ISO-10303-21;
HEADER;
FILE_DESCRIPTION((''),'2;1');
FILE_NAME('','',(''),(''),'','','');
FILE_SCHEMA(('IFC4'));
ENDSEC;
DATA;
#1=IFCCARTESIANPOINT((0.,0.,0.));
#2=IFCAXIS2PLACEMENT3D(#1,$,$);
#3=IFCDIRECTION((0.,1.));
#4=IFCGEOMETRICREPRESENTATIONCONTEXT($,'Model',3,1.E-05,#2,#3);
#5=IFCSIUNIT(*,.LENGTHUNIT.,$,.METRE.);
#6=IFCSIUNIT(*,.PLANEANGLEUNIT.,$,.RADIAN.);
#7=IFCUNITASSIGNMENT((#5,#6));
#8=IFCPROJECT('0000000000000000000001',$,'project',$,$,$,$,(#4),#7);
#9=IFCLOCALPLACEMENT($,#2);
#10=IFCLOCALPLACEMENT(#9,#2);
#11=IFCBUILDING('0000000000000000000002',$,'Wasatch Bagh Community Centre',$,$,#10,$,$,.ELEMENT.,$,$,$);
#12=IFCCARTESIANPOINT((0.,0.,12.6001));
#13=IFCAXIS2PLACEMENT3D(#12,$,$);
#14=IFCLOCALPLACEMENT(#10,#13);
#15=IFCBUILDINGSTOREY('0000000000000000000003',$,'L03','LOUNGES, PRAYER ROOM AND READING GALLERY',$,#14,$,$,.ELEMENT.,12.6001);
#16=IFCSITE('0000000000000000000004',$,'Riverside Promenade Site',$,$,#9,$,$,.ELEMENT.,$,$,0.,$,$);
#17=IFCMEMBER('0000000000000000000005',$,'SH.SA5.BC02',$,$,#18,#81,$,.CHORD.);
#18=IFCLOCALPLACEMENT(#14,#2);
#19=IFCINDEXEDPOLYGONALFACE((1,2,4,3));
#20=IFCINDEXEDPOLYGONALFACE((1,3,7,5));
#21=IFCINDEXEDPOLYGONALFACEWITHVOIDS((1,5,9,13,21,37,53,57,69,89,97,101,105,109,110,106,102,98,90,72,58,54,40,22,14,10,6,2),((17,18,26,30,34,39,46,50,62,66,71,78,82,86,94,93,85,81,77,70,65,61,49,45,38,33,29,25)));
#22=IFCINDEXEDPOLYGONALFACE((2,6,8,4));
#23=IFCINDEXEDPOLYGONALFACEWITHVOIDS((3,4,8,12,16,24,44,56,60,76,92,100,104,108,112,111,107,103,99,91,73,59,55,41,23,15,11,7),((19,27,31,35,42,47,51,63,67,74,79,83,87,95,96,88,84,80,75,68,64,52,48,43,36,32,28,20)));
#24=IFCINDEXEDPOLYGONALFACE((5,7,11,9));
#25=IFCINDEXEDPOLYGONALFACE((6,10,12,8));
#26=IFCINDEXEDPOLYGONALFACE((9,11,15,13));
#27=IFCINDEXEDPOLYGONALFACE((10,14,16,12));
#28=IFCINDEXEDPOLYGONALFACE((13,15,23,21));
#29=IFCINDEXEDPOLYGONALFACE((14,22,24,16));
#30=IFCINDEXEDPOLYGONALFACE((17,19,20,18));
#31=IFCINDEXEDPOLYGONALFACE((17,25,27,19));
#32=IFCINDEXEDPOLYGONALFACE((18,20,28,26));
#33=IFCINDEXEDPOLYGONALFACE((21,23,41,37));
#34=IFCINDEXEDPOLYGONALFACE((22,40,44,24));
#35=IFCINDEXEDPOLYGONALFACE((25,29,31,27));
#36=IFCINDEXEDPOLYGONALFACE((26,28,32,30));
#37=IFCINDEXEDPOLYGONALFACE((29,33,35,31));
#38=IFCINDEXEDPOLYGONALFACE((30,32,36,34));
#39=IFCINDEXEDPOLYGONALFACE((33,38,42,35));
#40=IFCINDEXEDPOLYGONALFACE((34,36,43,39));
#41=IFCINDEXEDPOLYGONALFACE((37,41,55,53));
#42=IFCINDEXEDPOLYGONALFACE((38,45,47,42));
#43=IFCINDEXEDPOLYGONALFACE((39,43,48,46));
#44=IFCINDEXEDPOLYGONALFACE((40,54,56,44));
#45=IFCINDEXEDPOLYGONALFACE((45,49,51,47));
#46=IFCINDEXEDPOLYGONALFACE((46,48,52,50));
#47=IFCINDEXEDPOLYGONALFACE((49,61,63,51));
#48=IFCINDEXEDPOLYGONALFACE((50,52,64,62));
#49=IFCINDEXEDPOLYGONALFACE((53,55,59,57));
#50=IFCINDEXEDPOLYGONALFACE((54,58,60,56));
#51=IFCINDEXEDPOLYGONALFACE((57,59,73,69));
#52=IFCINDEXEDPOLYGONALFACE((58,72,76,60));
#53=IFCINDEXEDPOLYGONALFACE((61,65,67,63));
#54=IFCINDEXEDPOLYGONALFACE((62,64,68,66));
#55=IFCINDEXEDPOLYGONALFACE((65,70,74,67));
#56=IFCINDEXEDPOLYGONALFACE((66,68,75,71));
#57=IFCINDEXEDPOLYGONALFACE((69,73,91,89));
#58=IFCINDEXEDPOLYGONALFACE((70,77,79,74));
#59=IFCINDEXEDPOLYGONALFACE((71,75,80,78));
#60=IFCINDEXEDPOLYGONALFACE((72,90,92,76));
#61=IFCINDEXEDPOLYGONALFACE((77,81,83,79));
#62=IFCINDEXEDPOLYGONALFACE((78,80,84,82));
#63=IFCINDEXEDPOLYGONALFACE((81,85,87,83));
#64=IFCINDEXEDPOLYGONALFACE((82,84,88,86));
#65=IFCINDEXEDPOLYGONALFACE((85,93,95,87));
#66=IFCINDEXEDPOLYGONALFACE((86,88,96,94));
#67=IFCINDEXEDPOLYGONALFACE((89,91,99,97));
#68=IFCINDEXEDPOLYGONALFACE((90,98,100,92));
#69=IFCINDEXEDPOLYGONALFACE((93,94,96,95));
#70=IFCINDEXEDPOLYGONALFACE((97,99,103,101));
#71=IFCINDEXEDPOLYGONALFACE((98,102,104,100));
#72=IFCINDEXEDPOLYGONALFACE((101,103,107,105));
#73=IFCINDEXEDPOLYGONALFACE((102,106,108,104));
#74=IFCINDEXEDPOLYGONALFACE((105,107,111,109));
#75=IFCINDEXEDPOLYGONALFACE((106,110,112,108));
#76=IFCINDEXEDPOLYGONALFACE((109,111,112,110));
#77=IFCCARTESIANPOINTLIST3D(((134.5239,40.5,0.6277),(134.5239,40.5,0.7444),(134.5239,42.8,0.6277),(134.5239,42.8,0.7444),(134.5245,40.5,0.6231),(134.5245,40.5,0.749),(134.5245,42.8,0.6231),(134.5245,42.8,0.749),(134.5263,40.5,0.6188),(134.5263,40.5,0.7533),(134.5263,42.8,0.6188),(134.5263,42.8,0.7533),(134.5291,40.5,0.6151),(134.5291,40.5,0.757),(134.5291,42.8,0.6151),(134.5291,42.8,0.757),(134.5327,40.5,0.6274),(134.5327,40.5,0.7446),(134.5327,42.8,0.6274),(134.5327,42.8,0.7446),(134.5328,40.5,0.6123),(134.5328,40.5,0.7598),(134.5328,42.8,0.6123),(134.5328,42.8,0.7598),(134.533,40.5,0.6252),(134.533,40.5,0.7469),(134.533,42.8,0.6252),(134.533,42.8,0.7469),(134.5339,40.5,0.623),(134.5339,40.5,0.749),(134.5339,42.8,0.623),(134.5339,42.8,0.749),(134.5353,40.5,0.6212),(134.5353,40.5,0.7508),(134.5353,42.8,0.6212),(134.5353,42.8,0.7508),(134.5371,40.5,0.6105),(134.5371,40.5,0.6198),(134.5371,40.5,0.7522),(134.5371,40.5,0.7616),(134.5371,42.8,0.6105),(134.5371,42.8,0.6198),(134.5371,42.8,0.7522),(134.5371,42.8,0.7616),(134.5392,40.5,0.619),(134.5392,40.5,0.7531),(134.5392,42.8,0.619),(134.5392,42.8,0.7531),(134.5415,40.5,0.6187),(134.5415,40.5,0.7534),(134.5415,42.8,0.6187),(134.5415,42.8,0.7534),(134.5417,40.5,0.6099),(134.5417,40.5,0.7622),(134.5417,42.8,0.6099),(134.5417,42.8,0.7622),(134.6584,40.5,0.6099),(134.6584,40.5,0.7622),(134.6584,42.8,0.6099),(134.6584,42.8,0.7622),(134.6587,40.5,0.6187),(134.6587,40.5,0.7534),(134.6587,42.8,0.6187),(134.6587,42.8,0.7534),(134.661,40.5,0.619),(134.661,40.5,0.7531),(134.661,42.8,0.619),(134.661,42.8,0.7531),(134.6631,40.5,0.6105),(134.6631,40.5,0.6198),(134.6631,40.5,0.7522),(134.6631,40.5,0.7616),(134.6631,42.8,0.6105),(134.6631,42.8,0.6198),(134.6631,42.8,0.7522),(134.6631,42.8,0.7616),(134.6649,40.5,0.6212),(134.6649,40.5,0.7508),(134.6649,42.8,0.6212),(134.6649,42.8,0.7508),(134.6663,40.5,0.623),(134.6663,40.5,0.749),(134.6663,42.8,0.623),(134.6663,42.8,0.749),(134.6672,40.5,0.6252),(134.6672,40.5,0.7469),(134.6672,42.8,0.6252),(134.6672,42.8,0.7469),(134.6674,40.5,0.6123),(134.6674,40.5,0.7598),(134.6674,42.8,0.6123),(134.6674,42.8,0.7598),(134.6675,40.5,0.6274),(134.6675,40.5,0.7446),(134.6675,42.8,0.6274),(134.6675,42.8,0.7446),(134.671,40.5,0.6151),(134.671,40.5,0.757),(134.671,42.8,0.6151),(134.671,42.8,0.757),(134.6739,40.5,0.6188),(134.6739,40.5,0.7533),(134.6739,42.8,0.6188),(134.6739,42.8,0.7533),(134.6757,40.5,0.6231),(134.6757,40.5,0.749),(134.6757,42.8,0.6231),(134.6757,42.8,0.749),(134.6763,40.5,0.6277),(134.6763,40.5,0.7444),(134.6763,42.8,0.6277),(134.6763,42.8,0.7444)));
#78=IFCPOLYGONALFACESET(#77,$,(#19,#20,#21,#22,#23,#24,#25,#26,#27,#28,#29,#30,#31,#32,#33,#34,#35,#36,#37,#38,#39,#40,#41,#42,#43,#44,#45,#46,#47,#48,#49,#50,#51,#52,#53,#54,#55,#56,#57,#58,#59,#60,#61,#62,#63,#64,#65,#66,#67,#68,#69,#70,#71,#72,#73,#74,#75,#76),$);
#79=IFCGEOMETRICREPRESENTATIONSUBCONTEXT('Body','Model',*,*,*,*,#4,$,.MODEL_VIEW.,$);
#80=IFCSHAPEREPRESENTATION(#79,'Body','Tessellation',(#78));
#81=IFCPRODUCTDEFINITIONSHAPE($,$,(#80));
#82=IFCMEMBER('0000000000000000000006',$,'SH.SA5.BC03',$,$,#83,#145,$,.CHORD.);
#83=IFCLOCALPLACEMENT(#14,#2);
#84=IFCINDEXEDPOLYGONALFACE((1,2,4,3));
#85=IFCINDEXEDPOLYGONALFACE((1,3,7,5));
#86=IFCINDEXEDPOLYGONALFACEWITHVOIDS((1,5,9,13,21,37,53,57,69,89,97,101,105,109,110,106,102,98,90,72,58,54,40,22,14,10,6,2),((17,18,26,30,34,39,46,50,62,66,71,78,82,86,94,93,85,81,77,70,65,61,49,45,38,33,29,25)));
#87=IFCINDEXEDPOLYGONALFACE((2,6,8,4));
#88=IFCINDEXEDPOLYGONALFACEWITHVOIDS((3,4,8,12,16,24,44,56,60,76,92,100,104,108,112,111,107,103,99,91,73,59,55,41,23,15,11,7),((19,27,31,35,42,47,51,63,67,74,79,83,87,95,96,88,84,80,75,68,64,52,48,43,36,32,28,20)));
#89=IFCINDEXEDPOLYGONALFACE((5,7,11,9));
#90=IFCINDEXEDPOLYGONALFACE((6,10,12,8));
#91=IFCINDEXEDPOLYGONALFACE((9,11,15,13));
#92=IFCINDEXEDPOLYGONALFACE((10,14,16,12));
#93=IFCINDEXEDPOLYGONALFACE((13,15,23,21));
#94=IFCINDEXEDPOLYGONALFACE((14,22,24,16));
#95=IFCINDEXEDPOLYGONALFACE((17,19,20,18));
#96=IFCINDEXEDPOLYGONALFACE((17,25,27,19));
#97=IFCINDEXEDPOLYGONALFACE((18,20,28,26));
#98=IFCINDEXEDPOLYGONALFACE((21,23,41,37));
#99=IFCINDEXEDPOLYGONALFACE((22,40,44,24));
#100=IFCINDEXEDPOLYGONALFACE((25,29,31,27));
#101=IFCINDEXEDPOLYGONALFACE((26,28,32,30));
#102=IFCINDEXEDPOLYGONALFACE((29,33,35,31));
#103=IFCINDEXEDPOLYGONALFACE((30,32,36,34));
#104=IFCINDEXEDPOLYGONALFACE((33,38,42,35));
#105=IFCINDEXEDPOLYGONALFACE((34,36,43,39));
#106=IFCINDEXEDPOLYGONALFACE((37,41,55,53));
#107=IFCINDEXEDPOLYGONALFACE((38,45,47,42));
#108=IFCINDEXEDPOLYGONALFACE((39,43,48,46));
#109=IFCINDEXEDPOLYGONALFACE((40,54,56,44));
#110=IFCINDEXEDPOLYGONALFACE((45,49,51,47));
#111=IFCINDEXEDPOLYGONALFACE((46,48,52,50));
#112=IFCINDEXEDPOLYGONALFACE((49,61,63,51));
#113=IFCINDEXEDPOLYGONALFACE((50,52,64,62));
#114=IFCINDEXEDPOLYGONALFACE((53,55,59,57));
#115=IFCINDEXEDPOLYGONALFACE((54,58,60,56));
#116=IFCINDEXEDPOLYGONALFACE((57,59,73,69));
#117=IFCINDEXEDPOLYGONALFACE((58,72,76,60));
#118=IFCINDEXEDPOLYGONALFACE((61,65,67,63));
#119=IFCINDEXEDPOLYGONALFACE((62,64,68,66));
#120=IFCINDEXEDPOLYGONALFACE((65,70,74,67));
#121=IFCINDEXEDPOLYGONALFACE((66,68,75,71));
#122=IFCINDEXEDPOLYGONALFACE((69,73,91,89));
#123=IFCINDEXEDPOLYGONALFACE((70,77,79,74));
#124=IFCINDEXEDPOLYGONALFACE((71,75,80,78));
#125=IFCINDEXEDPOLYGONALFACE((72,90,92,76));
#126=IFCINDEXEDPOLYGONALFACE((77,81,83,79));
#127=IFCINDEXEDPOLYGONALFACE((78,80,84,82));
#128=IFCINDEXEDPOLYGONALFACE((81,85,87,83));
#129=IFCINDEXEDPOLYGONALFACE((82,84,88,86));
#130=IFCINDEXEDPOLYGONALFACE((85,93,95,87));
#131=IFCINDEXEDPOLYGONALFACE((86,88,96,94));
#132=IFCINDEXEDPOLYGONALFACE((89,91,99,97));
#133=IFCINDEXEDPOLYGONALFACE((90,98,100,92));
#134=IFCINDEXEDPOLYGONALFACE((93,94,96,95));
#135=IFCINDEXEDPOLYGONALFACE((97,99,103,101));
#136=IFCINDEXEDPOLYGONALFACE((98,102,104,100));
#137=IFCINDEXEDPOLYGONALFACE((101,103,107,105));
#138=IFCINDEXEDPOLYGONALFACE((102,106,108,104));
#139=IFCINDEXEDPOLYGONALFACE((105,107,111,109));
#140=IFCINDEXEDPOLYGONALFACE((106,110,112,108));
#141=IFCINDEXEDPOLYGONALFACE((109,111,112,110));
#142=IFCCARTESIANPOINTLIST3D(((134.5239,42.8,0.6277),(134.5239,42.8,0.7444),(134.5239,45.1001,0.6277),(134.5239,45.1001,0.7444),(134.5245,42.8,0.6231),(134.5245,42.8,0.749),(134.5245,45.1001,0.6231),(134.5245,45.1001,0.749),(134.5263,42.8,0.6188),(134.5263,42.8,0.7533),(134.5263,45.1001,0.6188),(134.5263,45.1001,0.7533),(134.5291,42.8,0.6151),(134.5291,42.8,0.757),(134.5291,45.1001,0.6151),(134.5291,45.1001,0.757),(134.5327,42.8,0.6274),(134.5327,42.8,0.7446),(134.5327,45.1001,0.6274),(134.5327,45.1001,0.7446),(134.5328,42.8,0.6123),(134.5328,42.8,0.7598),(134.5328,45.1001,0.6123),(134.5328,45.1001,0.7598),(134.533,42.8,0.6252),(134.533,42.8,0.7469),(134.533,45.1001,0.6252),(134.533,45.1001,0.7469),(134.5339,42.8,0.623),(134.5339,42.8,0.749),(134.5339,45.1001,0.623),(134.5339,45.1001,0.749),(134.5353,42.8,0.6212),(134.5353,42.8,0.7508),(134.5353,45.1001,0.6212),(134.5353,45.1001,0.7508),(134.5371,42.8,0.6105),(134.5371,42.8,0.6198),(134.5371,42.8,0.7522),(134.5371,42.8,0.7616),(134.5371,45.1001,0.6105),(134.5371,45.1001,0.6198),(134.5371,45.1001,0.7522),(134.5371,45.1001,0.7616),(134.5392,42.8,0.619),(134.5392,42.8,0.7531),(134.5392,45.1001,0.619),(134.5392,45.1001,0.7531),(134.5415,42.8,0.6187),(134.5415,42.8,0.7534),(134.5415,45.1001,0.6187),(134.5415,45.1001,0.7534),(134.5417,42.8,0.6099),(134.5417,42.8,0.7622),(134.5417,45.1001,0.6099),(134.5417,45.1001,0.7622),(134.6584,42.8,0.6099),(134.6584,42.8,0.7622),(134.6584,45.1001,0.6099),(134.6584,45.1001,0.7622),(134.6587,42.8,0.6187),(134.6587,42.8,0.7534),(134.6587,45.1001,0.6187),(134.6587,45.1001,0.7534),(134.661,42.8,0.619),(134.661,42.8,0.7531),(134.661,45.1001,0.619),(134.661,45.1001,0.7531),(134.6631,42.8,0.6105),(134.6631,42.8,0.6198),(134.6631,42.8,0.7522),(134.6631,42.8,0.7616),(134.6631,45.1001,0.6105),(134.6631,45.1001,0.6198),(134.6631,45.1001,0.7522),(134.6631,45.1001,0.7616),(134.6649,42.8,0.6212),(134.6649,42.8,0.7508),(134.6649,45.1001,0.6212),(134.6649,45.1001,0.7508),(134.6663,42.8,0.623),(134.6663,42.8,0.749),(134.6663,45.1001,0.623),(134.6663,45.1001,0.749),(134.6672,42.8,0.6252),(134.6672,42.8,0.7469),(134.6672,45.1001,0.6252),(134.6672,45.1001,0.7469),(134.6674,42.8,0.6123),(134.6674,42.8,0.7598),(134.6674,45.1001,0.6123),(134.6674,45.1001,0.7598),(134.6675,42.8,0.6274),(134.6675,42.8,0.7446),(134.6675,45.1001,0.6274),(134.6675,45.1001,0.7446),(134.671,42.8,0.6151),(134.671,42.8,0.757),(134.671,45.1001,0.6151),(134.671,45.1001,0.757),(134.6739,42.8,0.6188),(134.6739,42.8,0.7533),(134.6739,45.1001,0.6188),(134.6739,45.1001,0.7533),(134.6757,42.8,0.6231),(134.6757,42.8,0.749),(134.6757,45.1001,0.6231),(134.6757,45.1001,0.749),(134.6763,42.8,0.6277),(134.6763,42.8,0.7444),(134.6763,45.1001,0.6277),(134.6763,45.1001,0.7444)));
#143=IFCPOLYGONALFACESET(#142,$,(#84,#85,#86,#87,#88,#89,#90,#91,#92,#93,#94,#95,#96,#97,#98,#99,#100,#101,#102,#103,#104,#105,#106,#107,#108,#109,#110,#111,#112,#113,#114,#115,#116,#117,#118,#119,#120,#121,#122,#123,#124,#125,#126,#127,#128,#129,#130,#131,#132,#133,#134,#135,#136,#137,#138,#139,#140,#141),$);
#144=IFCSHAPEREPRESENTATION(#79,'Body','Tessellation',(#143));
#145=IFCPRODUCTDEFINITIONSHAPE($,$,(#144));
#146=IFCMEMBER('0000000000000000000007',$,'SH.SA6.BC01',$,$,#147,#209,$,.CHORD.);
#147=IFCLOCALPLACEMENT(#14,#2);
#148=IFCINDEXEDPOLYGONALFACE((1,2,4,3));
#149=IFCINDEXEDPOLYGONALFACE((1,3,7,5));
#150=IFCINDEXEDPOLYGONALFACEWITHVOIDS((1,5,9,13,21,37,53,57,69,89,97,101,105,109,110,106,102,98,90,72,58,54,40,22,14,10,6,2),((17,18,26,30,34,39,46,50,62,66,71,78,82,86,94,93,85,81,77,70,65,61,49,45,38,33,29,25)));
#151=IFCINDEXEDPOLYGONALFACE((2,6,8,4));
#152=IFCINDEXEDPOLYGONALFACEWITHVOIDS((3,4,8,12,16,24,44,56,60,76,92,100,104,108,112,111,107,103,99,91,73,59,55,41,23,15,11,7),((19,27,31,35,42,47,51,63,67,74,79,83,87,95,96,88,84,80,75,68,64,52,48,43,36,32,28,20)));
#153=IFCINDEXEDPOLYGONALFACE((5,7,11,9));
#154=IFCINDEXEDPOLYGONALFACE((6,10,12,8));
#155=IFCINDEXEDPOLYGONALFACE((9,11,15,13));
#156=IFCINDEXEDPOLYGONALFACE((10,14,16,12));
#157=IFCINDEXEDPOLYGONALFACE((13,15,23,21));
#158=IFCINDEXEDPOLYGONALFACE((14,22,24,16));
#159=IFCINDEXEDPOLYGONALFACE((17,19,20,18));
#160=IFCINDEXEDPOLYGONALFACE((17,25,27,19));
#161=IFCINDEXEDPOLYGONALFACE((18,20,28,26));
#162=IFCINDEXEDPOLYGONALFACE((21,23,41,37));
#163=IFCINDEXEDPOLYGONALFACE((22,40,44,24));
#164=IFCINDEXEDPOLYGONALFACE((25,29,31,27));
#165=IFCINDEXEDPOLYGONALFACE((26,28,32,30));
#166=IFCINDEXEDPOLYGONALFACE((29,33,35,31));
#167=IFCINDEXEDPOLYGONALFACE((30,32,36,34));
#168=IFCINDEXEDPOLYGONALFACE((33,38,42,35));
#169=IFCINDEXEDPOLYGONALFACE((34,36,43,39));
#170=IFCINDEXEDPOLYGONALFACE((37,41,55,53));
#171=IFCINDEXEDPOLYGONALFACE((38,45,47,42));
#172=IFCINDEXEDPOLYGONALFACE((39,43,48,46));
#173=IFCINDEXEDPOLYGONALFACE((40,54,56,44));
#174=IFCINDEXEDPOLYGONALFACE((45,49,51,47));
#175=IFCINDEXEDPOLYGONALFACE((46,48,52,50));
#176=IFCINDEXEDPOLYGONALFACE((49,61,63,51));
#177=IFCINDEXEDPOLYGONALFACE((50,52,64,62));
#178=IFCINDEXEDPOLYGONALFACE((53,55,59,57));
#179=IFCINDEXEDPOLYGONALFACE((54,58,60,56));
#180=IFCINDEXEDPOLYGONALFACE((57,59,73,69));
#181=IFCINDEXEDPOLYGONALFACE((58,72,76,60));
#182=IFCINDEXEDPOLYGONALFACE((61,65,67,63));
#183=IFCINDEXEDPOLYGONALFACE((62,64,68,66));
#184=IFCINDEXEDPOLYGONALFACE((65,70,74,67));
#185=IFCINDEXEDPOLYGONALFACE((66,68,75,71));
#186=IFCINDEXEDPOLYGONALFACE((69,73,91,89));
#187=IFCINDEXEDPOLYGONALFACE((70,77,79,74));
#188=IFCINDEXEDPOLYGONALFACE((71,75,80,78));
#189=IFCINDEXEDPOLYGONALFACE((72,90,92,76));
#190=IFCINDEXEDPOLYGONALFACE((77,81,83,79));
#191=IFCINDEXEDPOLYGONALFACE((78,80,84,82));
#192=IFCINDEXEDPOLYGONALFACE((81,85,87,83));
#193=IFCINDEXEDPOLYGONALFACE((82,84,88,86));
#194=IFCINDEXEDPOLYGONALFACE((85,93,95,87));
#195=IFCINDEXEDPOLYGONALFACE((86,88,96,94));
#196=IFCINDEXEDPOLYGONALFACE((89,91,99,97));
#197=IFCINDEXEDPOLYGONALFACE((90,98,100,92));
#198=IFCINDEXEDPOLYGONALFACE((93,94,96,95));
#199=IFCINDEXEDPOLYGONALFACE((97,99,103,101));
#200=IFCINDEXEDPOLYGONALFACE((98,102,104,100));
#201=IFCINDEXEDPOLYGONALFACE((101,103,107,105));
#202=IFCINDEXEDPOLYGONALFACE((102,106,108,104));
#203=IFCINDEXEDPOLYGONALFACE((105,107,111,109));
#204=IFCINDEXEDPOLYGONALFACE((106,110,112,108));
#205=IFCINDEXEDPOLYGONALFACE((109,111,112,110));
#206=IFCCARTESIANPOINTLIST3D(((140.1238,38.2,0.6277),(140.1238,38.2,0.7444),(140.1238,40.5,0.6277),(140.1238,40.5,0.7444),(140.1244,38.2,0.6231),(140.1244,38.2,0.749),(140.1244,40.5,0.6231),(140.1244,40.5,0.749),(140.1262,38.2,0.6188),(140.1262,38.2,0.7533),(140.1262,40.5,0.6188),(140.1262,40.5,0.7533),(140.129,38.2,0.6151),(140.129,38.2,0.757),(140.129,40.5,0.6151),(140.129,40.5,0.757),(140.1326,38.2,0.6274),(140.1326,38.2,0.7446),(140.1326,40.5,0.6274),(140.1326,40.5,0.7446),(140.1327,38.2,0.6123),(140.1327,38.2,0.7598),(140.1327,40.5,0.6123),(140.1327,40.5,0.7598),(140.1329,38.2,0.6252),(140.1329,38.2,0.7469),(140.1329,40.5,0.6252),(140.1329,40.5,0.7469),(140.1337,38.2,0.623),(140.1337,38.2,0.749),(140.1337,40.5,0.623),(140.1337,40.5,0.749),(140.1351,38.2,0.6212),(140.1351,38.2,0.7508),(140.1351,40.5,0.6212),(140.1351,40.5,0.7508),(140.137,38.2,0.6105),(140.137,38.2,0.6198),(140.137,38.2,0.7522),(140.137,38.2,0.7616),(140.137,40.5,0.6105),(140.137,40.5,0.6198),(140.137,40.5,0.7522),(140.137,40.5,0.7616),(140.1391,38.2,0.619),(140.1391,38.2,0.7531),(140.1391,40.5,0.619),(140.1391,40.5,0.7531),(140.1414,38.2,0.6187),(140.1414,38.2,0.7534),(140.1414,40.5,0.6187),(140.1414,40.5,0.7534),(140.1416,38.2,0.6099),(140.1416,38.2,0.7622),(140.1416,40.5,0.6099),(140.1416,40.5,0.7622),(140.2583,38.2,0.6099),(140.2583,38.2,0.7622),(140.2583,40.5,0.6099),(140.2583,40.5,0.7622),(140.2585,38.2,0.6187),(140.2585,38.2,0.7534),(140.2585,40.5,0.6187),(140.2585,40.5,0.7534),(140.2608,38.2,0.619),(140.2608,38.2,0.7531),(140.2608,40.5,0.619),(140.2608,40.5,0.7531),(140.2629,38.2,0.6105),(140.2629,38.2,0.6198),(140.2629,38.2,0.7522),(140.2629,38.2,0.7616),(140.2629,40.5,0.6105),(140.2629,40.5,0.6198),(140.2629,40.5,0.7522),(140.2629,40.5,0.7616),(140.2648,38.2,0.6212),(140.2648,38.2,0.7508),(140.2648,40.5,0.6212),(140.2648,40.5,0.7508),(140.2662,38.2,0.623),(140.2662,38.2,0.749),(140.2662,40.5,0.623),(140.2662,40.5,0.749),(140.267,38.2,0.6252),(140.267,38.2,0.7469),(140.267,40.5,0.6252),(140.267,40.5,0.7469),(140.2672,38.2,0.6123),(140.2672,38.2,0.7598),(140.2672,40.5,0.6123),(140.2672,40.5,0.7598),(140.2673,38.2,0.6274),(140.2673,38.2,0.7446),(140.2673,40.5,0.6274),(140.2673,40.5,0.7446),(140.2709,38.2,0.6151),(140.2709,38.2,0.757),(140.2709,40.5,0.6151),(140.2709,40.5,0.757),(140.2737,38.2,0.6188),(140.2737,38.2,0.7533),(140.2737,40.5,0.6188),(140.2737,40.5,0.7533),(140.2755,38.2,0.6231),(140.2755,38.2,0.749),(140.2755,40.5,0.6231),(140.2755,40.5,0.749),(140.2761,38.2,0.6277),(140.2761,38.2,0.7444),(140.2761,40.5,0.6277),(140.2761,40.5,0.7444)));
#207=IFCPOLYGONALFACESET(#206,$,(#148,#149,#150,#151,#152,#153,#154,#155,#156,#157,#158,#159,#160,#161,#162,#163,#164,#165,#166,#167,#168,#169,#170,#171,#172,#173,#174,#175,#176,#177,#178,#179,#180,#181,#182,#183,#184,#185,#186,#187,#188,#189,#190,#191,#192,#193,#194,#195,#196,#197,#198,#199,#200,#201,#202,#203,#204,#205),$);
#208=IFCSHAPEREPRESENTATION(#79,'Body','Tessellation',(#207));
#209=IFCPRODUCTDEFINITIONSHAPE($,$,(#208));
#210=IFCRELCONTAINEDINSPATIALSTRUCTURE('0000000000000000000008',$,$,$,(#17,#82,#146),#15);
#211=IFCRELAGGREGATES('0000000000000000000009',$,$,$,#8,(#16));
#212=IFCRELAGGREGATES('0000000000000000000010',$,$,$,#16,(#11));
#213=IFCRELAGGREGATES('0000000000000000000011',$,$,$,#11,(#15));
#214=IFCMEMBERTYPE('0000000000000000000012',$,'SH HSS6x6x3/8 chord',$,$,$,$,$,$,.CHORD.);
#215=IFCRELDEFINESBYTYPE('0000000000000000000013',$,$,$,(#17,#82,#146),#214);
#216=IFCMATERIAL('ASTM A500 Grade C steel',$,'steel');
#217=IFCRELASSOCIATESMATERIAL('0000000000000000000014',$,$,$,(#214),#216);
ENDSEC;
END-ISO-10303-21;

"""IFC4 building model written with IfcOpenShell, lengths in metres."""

from ifc_helpers import new_model, si_unit, direction, frame, origin, origin_2d, place, context, subcontext, project, spatial, hollow_rectangle, extrude, material, material_profile, profile_set, type_object, element, save


model = new_model("IFC4")

# Units and contexts
model_context = context("Model", 3, precision=1e-05, world=origin(), true_north=direction((0.0, 1.0)))
body_context = subcontext(model_context, "Body", "Model", "MODEL_VIEW")
ifc_project = project(units=[si_unit("LENGTHUNIT", "METRE"), si_unit("PLANEANGLEUNIT", "RADIAN")], contexts=[model_context])

# Site, building, storey
site_placement = place(None, origin())
site = spatial("IfcSite", under=ifc_project, at=site_placement, Name="Riverside Promenade Site", CompositionType="ELEMENT", RefElevation=0.0)
building_placement = place(site_placement, origin())
building = spatial("IfcBuilding", under=site, at=building_placement, Name="Wasatch Bagh Community Centre", CompositionType="ELEMENT")
storey_placement = place(building_placement, frame((0.0, 0.0, 12.6001)))
storey = spatial("IfcBuildingStorey", under=building, at=storey_placement, Name="L03", Description="LOUNGES, PRAYER ROOM AND READING GALLERY", CompositionType="ELEMENT", Elevation=12.6001)

# Members
ifc_material_1 = material(Name="ASTM A500 Grade C steel", Category="steel")
ifc_material_profile_1 = material_profile(ifc_material_1, hollow_rectangle(XDim=0.1523, YDim=0.1523, WallThickness=0.0088, InnerFilletRadius=0.0088, OuterFilletRadius=0.0178, at=origin_2d()), Name="HSS6x6x3/8")
ifc_profile_set_1 = profile_set([ifc_material_profile_1], Name="ASTM A500 Grade C steel")
member_type_1 = type_object("IfcMemberType", Name="SH HSS6x6x3/8 chord", PredefinedType="CHORD", material=ifc_profile_set_1)
for number, where, z_axis, x_axis, name in (
    (1, (134.6001, 40.5, 0.686), (0.0, 1.0, 0.0), (-1.0, 0.0, 0.0), "SH.SA5.BC02"),
    (2, (134.6001, 42.8, 0.686), (0.0, 1.0, 0.0), (-1.0, 0.0, 0.0), "SH.SA5.BC03"),
    (3, (140.2, 38.2, 0.686), (0.0, 1.0, 0.0), (-1.0, 0.0, 0.0), "SH.SA6.BC01"),
):
    element("IfcMember", number, at=place(storey_placement, frame(where, z_axis=z_axis, x_axis=x_axis)), inside=storey, type_object=member_type_1, Name=name, PredefinedType="CHORD", context=body_context, shape_type="SweptSolid", body=[
        extrude(hollow_rectangle(XDim=0.1523, YDim=0.1523, WallThickness=0.0088, InnerFilletRadius=0.0088, OuterFilletRadius=0.0178, at=origin_2d()), origin(), (0.0, 0.0, 1.0), 2.3),
    ])

save(model, "model.ifc")
